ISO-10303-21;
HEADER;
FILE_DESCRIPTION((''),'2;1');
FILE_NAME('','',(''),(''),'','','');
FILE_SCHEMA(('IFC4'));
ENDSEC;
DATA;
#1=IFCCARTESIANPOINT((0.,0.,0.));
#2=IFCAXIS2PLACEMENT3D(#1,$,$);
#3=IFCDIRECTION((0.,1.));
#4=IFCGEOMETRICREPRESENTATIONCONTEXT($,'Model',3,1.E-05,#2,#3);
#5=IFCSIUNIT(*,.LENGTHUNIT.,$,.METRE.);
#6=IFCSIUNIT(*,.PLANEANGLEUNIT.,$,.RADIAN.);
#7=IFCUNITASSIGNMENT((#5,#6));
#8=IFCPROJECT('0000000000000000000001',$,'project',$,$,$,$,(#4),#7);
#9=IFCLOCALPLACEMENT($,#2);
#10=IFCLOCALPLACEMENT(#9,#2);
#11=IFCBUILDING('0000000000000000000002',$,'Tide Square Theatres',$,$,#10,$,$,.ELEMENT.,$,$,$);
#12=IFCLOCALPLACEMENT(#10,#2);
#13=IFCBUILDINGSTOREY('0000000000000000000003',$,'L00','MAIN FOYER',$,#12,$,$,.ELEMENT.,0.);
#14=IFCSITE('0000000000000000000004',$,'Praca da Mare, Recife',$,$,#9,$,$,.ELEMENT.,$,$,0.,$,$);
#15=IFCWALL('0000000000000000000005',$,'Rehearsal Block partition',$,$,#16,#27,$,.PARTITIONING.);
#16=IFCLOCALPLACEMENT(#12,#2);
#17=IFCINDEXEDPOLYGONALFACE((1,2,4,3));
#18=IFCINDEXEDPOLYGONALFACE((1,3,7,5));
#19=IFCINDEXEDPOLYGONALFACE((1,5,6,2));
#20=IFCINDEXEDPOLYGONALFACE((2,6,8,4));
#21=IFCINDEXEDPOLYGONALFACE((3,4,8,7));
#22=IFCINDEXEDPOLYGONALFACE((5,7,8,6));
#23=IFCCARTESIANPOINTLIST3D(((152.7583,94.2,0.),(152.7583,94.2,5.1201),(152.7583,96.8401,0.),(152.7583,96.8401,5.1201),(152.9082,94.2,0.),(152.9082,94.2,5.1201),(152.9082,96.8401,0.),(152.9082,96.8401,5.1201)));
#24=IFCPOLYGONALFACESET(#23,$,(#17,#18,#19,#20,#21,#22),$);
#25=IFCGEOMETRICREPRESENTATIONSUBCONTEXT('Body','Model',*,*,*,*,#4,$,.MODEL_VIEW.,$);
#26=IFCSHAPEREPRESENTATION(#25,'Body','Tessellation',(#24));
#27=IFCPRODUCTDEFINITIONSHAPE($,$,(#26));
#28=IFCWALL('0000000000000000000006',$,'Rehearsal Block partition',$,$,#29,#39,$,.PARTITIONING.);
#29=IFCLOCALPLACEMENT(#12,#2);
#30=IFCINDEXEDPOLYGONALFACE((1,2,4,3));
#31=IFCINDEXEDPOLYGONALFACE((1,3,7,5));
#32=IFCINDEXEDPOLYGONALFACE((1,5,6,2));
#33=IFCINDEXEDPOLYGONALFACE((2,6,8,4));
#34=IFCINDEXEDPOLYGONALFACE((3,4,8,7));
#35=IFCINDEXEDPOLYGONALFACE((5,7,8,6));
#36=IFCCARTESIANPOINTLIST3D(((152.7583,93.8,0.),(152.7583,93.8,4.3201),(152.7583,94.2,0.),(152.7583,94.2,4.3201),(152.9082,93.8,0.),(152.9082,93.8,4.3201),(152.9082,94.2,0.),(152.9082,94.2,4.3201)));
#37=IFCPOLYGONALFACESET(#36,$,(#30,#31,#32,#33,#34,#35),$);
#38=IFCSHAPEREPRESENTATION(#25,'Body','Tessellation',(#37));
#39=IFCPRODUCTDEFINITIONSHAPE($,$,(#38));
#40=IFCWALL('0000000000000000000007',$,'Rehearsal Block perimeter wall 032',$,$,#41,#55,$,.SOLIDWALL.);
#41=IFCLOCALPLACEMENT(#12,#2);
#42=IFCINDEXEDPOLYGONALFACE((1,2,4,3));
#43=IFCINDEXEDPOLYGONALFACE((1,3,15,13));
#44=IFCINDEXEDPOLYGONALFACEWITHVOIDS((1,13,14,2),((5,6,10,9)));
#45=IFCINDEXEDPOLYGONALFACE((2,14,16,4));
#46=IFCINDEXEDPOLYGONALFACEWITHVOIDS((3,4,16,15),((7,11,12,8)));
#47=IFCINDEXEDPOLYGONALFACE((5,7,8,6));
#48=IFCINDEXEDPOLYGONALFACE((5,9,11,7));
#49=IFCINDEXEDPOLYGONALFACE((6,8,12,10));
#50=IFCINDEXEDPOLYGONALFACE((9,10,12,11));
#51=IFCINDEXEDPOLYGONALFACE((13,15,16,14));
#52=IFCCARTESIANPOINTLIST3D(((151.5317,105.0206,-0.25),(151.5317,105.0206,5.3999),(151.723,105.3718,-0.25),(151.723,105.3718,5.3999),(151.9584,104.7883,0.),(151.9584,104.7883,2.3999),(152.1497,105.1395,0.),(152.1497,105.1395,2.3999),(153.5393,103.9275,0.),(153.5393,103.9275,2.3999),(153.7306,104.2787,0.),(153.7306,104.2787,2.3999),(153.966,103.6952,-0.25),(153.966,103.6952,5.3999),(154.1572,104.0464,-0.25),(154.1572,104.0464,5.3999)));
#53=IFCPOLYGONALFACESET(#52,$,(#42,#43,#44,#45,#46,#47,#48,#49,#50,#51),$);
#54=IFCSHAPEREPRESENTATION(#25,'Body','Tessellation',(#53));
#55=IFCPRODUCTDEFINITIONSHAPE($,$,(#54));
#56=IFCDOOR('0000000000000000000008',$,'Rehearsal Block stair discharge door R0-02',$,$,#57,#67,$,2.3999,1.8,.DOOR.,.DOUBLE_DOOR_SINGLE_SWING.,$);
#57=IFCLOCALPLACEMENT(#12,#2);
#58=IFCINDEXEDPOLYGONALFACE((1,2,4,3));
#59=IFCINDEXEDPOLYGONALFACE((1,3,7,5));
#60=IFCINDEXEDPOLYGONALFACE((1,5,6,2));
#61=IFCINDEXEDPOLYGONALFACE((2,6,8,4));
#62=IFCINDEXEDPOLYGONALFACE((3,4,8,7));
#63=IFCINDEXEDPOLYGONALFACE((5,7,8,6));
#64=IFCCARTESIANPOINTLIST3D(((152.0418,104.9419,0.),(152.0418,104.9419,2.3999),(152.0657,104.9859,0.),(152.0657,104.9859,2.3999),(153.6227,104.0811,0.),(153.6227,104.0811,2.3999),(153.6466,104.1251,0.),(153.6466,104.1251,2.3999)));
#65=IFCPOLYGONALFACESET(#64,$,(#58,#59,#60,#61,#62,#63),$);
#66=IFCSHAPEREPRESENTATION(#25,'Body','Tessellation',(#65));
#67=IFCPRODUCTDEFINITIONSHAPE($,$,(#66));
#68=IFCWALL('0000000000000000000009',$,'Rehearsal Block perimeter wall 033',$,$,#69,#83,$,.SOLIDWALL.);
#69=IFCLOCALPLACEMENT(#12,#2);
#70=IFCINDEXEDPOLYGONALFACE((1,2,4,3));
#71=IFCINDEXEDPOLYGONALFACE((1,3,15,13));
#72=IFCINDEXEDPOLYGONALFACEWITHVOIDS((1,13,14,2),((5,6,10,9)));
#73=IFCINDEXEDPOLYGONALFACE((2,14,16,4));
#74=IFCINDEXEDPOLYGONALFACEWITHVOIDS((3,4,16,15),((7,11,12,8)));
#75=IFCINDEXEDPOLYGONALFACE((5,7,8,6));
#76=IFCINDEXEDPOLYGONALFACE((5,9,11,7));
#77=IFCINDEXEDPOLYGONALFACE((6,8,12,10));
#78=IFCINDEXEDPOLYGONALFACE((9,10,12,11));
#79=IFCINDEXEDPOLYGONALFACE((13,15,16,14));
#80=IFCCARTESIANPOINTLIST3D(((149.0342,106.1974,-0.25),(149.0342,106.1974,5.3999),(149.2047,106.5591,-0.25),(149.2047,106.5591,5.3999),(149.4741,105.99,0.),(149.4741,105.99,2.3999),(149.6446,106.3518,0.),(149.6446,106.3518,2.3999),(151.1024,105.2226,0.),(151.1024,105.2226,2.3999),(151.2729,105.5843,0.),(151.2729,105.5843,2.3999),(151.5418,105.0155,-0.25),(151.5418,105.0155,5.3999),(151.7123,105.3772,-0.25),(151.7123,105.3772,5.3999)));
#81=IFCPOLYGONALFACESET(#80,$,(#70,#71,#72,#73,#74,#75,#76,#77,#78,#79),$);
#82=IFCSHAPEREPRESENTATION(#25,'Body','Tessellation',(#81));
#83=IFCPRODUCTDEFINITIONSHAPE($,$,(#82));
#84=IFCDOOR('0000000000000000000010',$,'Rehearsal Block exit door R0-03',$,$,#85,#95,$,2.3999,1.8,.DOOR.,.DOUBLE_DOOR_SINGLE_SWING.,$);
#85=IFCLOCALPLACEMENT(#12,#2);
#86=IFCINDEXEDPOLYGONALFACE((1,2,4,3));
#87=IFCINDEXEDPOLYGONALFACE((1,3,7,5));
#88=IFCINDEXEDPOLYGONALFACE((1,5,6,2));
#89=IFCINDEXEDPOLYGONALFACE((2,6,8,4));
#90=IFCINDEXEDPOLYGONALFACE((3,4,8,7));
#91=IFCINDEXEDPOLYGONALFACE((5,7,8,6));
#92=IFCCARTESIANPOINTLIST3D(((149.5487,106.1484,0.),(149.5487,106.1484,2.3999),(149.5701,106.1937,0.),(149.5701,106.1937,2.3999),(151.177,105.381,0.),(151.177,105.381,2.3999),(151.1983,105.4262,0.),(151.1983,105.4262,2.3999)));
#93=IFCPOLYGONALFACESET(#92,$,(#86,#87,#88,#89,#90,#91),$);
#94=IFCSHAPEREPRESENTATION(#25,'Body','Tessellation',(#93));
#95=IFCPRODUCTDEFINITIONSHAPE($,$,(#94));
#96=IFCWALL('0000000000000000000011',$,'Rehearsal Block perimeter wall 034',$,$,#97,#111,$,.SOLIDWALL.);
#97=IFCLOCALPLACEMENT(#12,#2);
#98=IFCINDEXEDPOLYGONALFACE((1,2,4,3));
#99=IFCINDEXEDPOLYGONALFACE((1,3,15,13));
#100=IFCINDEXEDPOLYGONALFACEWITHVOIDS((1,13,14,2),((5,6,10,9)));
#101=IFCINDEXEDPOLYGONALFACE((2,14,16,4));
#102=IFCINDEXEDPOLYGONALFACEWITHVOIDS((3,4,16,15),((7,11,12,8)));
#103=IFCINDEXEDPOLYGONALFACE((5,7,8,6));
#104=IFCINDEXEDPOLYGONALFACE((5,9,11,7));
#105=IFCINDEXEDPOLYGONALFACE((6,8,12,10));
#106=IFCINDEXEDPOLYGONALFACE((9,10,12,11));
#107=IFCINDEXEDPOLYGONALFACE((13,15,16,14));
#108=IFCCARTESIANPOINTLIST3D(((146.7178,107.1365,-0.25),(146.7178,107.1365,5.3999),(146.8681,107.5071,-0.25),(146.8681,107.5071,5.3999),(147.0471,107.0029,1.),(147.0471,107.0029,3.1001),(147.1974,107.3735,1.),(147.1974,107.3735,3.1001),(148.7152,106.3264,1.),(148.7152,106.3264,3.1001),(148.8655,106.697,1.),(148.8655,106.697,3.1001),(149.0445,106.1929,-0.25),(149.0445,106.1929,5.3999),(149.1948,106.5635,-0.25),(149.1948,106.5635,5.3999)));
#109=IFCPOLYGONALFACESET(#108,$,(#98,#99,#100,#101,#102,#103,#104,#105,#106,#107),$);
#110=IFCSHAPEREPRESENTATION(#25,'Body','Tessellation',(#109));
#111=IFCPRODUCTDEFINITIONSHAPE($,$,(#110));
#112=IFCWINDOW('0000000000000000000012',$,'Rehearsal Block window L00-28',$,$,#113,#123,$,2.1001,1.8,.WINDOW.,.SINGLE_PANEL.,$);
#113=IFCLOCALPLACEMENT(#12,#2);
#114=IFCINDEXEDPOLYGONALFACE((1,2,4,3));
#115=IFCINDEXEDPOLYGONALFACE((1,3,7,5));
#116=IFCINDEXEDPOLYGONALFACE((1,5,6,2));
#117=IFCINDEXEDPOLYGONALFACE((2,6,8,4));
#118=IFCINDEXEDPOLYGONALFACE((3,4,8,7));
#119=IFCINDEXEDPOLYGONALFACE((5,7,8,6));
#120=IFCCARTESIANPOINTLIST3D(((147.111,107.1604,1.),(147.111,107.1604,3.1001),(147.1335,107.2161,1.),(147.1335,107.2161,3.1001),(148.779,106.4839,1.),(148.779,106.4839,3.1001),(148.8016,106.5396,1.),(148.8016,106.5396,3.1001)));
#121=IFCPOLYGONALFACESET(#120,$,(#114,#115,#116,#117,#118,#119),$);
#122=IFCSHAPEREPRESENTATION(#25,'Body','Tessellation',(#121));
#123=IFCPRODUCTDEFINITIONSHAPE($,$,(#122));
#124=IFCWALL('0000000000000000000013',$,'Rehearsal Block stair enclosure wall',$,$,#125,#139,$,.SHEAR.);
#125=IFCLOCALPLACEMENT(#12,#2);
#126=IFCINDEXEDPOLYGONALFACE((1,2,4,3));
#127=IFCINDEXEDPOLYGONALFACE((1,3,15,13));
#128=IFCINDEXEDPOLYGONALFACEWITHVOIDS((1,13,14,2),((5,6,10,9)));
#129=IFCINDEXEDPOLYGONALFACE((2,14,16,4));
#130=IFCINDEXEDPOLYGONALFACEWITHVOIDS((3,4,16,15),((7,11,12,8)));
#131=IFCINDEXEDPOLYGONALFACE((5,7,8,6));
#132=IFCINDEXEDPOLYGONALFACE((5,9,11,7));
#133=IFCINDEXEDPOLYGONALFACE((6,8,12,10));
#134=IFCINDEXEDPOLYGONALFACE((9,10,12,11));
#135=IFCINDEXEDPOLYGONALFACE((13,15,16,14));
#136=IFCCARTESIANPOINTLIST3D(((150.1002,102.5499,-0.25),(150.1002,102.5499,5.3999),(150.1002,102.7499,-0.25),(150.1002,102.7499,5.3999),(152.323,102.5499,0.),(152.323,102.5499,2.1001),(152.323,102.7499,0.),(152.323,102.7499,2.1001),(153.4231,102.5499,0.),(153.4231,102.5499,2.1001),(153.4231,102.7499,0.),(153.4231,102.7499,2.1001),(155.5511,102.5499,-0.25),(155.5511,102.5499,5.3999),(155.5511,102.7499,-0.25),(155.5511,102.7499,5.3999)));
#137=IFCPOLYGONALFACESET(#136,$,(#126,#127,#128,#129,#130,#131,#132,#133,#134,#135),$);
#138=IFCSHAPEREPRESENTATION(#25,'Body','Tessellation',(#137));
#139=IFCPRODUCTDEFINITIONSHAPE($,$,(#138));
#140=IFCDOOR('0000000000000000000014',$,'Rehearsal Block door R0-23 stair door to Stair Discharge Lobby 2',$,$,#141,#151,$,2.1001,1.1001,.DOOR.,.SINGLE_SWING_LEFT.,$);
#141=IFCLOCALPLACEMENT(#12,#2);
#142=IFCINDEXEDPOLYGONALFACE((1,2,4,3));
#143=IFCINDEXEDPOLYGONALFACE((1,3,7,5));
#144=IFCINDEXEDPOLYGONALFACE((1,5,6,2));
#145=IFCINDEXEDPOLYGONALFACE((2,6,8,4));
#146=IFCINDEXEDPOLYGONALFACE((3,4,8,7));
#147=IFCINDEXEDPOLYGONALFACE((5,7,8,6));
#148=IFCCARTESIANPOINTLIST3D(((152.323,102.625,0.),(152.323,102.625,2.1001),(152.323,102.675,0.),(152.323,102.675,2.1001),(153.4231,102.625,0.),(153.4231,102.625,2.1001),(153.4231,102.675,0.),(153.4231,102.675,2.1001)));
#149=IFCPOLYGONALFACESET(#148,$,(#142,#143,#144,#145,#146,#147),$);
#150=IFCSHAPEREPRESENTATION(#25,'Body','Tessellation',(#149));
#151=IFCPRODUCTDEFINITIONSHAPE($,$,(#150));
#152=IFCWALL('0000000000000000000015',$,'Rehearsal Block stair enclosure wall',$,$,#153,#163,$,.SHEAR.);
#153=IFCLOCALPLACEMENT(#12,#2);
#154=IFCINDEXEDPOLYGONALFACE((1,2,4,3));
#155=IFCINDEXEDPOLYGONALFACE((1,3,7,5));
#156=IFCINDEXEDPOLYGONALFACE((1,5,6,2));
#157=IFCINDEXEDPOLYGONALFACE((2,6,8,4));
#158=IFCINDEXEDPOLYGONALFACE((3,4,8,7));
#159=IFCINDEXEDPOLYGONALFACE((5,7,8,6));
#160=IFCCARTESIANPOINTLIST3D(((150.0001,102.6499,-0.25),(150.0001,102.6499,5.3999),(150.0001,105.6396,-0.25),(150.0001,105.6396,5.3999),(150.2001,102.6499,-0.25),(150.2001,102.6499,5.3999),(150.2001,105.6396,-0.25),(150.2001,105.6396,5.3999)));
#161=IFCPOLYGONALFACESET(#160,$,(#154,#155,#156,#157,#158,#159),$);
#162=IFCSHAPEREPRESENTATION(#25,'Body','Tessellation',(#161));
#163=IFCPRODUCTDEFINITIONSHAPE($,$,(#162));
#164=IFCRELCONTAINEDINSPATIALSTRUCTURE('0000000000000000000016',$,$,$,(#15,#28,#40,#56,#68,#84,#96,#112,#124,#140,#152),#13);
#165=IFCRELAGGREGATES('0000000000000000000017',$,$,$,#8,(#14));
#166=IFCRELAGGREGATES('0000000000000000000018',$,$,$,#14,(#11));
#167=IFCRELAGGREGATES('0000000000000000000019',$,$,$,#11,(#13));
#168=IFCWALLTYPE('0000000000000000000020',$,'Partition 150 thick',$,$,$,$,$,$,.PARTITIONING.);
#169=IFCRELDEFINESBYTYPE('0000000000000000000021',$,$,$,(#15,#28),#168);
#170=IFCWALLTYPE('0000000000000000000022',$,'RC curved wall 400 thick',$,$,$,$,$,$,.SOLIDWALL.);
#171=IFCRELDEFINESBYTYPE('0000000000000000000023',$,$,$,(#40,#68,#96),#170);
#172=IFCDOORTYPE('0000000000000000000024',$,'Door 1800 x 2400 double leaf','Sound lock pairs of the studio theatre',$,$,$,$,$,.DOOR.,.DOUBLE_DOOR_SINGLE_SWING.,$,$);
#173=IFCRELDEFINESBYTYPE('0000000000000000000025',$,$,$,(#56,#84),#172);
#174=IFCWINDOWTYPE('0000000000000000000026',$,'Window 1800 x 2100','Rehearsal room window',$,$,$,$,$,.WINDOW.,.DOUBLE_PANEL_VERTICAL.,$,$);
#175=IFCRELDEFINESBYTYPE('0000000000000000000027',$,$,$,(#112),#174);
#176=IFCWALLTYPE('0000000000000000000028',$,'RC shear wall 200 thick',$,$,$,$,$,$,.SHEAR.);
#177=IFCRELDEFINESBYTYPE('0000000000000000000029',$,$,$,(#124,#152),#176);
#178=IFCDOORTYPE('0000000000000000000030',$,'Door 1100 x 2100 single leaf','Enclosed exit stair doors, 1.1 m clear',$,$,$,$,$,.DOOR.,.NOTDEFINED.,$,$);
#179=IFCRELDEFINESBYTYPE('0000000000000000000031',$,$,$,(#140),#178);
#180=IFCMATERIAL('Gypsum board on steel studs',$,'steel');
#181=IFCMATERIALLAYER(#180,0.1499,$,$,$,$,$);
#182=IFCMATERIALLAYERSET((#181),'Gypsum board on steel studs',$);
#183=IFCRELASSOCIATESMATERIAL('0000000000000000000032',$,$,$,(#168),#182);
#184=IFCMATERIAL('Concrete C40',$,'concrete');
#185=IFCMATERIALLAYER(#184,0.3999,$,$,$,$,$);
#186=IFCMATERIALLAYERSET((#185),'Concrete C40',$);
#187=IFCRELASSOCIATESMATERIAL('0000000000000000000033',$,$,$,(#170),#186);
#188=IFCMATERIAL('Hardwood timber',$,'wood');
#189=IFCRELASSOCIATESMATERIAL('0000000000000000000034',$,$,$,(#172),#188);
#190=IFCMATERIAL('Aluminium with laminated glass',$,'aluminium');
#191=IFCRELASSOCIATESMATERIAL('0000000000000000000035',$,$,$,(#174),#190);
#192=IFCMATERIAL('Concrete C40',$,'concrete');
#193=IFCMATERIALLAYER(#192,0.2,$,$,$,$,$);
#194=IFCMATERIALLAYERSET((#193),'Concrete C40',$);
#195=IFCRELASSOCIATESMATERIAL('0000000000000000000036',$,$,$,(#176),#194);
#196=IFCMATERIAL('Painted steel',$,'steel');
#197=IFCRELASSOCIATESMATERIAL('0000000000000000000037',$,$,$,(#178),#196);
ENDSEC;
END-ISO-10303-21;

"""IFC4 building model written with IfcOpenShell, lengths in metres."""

from ifc_helpers import new_model, si_unit, direction, frame, frame_2d, origin, place, context, subcontext, project, spatial, rectangle, extrude, material, layer, layer_set, type_object, element, fill, save


model = new_model("IFC4")

# Units and contexts
model_context = context("Model", 3, precision=1e-05, world=origin(), true_north=direction((0.0, 1.0)))
body_context = subcontext(model_context, "Body", "Model", "MODEL_VIEW")
ifc_project = project(units=[si_unit("LENGTHUNIT", "METRE"), si_unit("PLANEANGLEUNIT", "RADIAN")], contexts=[model_context])

# Site, building, storey
site_placement = place(None, origin())
site = spatial("IfcSite", under=ifc_project, at=site_placement, Name="Praca da Mare, Recife", CompositionType="ELEMENT", RefElevation=0.0)
building_placement = place(site_placement, origin())
building = spatial("IfcBuilding", under=site, at=building_placement, Name="Tide Square Theatres", CompositionType="ELEMENT")
storey_placement = place(building_placement, origin())
storey = spatial("IfcBuildingStorey", under=building, at=storey_placement, Name="L00", Description="MAIN FOYER", CompositionType="ELEMENT", Elevation=0.0)

# Shared definitions
ifc_material_1 = material(Name="Gypsum board on steel studs", Category="steel")
ifc_layer_1 = layer(ifc_material_1, 0.1499)
ifc_layer_set_1 = layer_set([ifc_layer_1], Name="Gypsum board on steel studs")
wall_type_1 = type_object("IfcWallType", Name="Partition 150 thick", PredefinedType="PARTITIONING", material=ifc_layer_set_1)

# Walls
wall_1_placement = place(storey_placement, frame((152.8333, 96.8401, 0.0), z_axis=(0.0, 0.0, 1.0), x_axis=(0.0, -1.0, 0.0)))
element("IfcWall", 1, at=wall_1_placement, inside=storey, type_object=wall_type_1, Name="Rehearsal Block partition", PredefinedType="PARTITIONING", context=body_context, shape_type="SweptSolid", body=[
    extrude(rectangle(XDim=2.6401, YDim=0.1499, at=frame_2d((1.3201, 0.0))), origin(), (0.0, 0.0, 1.0), 5.1201),
])
wall_2_placement = place(storey_placement, frame((152.8333, 94.2, 0.0), z_axis=(0.0, 0.0, 1.0), x_axis=(0.0, -1.0, 0.0)))
element("IfcWall", 2, at=wall_2_placement, inside=storey, type_object=wall_type_1, Name="Rehearsal Block partition", PredefinedType="PARTITIONING", context=body_context, shape_type="SweptSolid", body=[
    extrude(rectangle(XDim=0.3999, YDim=0.1499, at=frame_2d((0.2, 0.0))), origin(), (0.0, 0.0, 1.0), 4.3201),
])

# Walls, openings, doors
ifc_material_2 = material(Name="Concrete C40", Category="concrete")
ifc_layer_2 = layer(ifc_material_2, 0.3999)
ifc_layer_set_2 = layer_set([ifc_layer_2], Name="Concrete C40")
wall_type_2 = type_object("IfcWallType", Name="RC curved wall 400 thick", PredefinedType="SOLIDWALL", material=ifc_layer_set_2)
wall_3_placement = place(storey_placement, frame((154.0615, 103.8708, -0.25), z_axis=(0.0, 0.0, 1.0), x_axis=(-0.878256, 0.478192, 0.0)))
wall_3 = element("IfcWall", 3, at=wall_3_placement, inside=storey, type_object=wall_type_2, Name="Rehearsal Block perimeter wall 032", PredefinedType="SOLIDWALL", context=body_context, shape_type="SweptSolid", body=[
    extrude(rectangle(XDim=2.7717, YDim=0.3999, at=frame_2d((1.3857, 0.0))), origin(), (0.0, 0.0, 1.0), 5.6499),
])
opening_1_placement = place(wall_3_placement, frame((0.4858, 0.0, 0.25)))
opening_1 = element("IfcOpeningElement", 4, at=opening_1_placement, cuts=wall_3, PredefinedType="OPENING", context=body_context, shape_type="SweptSolid", body=[
    extrude(rectangle(XDim=1.8, YDim=2.3999, at=frame_2d((0.8999, 1.2))), frame((0.0, 0.21, 0.0), z_axis=(0.0, -1.0, 0.0), x_axis=(1.0, 0.0, 0.0)), (0.0, 0.0, 1.0), 0.4199),
])
ifc_material_3 = material(Name="Hardwood timber", Category="wood")
door_type_1 = type_object("IfcDoorType", Name="Door 1800 x 2400 double leaf", Description="Sound lock pairs of the studio theatre", OperationType="DOUBLE_DOOR_SINGLE_SWING", PredefinedType="DOOR", material=ifc_material_3)
door_1_placement = place(opening_1_placement, frame((1.8, 0.0, 0.0), z_axis=(0.0, 0.0, 1.0), x_axis=(-1.0, 0.0, 0.0)))
door_1 = element("IfcDoor", 5, at=door_1_placement, inside=storey, type_object=door_type_1, Name="Rehearsal Block stair discharge door R0-02", OperationType="DOUBLE_DOOR_SINGLE_SWING", OverallHeight=2.3999, OverallWidth=1.8, PredefinedType="DOOR", context=body_context, shape_type="SweptSolid", body=[
    extrude(rectangle(XDim=1.8, YDim=2.3999, at=frame_2d((0.8999, 1.2))), frame((0.0, 0.0249, 0.0), z_axis=(0.0, -1.0, 0.0), x_axis=(1.0, 0.0, 0.0)), (0.0, 0.0, 1.0), 0.05),
])
fill(opening_1, door_1)
wall_4_placement = place(storey_placement, frame((151.6272, 105.1963, -0.25), z_axis=(0.0, 0.0, 1.0), x_axis=(-0.904561, 0.426344, 0.0)))
wall_4 = element("IfcWall", 6, at=wall_4_placement, inside=storey, type_object=wall_type_2, Name="Rehearsal Block perimeter wall 033", PredefinedType="SOLIDWALL", context=body_context, shape_type="SweptSolid", body=[
    extrude(rectangle(XDim=2.7722, YDim=0.3999, at=frame_2d((1.3862, 0.0))), origin(), (0.0, 0.0, 1.0), 5.6499),
])
opening_2_placement = place(wall_4_placement, frame((0.4861, 0.0, 0.25)))
opening_2 = element("IfcOpeningElement", 7, at=opening_2_placement, cuts=wall_4, PredefinedType="OPENING", context=body_context, shape_type="SweptSolid", body=[
    extrude(rectangle(XDim=1.8, YDim=2.3999, at=frame_2d((0.8999, 1.2))), frame((0.0, 0.21, 0.0), z_axis=(0.0, -1.0, 0.0), x_axis=(1.0, 0.0, 0.0)), (0.0, 0.0, 1.0), 0.4199),
])
door_2_placement = place(opening_2_placement, origin())
door_2 = element("IfcDoor", 8, at=door_2_placement, inside=storey, type_object=door_type_1, Name="Rehearsal Block exit door R0-03", OperationType="DOUBLE_DOOR_SINGLE_SWING", OverallHeight=2.3999, OverallWidth=1.8, PredefinedType="DOOR", context=body_context, shape_type="SweptSolid", body=[
    extrude(rectangle(XDim=1.8, YDim=2.3999, at=frame_2d((0.8999, 1.2))), frame((0.0, 0.0249, 0.0), z_axis=(0.0, -1.0, 0.0), x_axis=(1.0, 0.0, 0.0)), (0.0, 0.0, 1.0), 0.05),
])
fill(opening_2, door_2)

# Wall, opening, window
wall_5_placement = place(storey_placement, frame((149.1196, 106.3782, -0.25), z_axis=(0.0, 0.0, 1.0), x_axis=(-0.926689, 0.375829, 0.0)))
wall_5 = element("IfcWall", 9, at=wall_5_placement, inside=storey, type_object=wall_type_2, Name="Rehearsal Block perimeter wall 034", PredefinedType="SOLIDWALL", context=body_context, shape_type="SweptSolid", body=[
    extrude(rectangle(XDim=2.5107, YDim=0.3999, at=frame_2d((1.2554, 0.0))), origin(), (0.0, 0.0, 1.0), 5.6499),
])
opening_3_placement = place(wall_5_placement, frame((0.3555, 0.0, 1.25)))
opening_3 = element("IfcOpeningElement", 10, at=opening_3_placement, cuts=wall_5, PredefinedType="OPENING", context=body_context, shape_type="SweptSolid", body=[
    extrude(rectangle(XDim=1.8, YDim=2.1001, at=frame_2d((0.8999, 1.05))), frame((0.0, 0.21, 0.0), z_axis=(0.0, -1.0, 0.0), x_axis=(1.0, 0.0, 0.0)), (0.0, 0.0, 1.0), 0.4199),
])
ifc_material_4 = material(Name="Aluminium with laminated glass", Category="aluminium")
window_type = type_object("IfcWindowType", Name="Window 1800 x 2100", Description="Rehearsal room window", PartitioningType="DOUBLE_PANEL_VERTICAL", PredefinedType="WINDOW", material=ifc_material_4)
window_placement = place(opening_3_placement, origin())
window = element("IfcWindow", 11, at=window_placement, inside=storey, type_object=window_type, Name="Rehearsal Block window L00-28", OverallHeight=2.1001, OverallWidth=1.8, PartitioningType="SINGLE_PANEL", PredefinedType="WINDOW", context=body_context, shape_type="SweptSolid", body=[
    extrude(rectangle(XDim=1.8, YDim=2.1001, at=frame_2d((0.8999, 1.05))), frame((0.0, 0.03, 0.0), z_axis=(0.0, -1.0, 0.0), x_axis=(1.0, 0.0, 0.0)), (0.0, 0.0, 1.0), 0.0601),
])
fill(opening_3, window)

# Wall, opening, door
ifc_material_5 = material(Name="Concrete C40", Category="concrete")
ifc_layer_3 = layer(ifc_material_5, 0.2)
ifc_layer_set_3 = layer_set([ifc_layer_3], Name="Concrete C40")
wall_type_3 = type_object("IfcWallType", Name="RC shear wall 200 thick", PredefinedType="SHEAR", material=ifc_layer_set_3)
wall_6_placement = place(storey_placement, frame((150.1001, 102.6499, -0.25), z_axis=(0.0, 0.0, 1.0), x_axis=(1.0, 0.0, 0.0)))
wall_6 = element("IfcWall", 12, at=wall_6_placement, inside=storey, type_object=wall_type_3, Name="Rehearsal Block stair enclosure wall", PredefinedType="SHEAR", context=body_context, shape_type="SweptSolid", body=[
    extrude(rectangle(XDim=5.4509, YDim=0.2, at=frame_2d((2.7256, 0.0))), origin(), (0.0, 0.0, 1.0), 5.6499),
])
opening_4_placement = place(wall_6_placement, frame((2.2229, 0.0, 0.25)))
opening_4 = element("IfcOpeningElement", 13, at=opening_4_placement, cuts=wall_6, PredefinedType="OPENING", context=body_context, shape_type="SweptSolid", body=[
    extrude(rectangle(XDim=1.1001, YDim=2.1001, at=frame_2d((0.55, 1.05))), frame((0.0, 0.1099, 0.0), z_axis=(0.0, -1.0, 0.0), x_axis=(1.0, 0.0, 0.0)), (0.0, 0.0, 1.0), 0.22),
])
ifc_material_6 = material(Name="Painted steel", Category="steel")
door_type_2 = type_object("IfcDoorType", Name="Door 1100 x 2100 single leaf", Description="Enclosed exit stair doors, 1.1 m clear", OperationType="NOTDEFINED", PredefinedType="DOOR", material=ifc_material_6)
door_3_placement = place(opening_4_placement, frame((1.1001, 0.0, 0.0), z_axis=(0.0, 0.0, 1.0), x_axis=(-1.0, 0.0, 0.0)))
door_3 = element("IfcDoor", 14, at=door_3_placement, inside=storey, type_object=door_type_2, Name="Rehearsal Block door R0-23 stair door to Stair Discharge Lobby 2", OperationType="SINGLE_SWING_LEFT", OverallHeight=2.1001, OverallWidth=1.1001, PredefinedType="DOOR", context=body_context, shape_type="SweptSolid", body=[
    extrude(rectangle(XDim=1.1001, YDim=2.1001, at=frame_2d((0.55, 1.05))), frame((0.0, 0.0249, 0.0), z_axis=(0.0, -1.0, 0.0), x_axis=(1.0, 0.0, 0.0)), (0.0, 0.0, 1.0), 0.05),
])
fill(opening_4, door_3)

# Wall
wall_7_placement = place(storey_placement, frame((150.1001, 102.6499, -0.25), z_axis=(0.0, 0.0, 1.0), x_axis=(0.0, 1.0, 0.0)))
element("IfcWall", 15, at=wall_7_placement, inside=storey, type_object=wall_type_3, Name="Rehearsal Block stair enclosure wall", PredefinedType="SHEAR", context=body_context, shape_type="SweptSolid", body=[
    extrude(rectangle(XDim=2.9897, YDim=0.2, at=frame_2d((1.4949, 0.0))), origin(), (0.0, 0.0, 1.0), 5.6499),
])

save(model, "model.ifc")
